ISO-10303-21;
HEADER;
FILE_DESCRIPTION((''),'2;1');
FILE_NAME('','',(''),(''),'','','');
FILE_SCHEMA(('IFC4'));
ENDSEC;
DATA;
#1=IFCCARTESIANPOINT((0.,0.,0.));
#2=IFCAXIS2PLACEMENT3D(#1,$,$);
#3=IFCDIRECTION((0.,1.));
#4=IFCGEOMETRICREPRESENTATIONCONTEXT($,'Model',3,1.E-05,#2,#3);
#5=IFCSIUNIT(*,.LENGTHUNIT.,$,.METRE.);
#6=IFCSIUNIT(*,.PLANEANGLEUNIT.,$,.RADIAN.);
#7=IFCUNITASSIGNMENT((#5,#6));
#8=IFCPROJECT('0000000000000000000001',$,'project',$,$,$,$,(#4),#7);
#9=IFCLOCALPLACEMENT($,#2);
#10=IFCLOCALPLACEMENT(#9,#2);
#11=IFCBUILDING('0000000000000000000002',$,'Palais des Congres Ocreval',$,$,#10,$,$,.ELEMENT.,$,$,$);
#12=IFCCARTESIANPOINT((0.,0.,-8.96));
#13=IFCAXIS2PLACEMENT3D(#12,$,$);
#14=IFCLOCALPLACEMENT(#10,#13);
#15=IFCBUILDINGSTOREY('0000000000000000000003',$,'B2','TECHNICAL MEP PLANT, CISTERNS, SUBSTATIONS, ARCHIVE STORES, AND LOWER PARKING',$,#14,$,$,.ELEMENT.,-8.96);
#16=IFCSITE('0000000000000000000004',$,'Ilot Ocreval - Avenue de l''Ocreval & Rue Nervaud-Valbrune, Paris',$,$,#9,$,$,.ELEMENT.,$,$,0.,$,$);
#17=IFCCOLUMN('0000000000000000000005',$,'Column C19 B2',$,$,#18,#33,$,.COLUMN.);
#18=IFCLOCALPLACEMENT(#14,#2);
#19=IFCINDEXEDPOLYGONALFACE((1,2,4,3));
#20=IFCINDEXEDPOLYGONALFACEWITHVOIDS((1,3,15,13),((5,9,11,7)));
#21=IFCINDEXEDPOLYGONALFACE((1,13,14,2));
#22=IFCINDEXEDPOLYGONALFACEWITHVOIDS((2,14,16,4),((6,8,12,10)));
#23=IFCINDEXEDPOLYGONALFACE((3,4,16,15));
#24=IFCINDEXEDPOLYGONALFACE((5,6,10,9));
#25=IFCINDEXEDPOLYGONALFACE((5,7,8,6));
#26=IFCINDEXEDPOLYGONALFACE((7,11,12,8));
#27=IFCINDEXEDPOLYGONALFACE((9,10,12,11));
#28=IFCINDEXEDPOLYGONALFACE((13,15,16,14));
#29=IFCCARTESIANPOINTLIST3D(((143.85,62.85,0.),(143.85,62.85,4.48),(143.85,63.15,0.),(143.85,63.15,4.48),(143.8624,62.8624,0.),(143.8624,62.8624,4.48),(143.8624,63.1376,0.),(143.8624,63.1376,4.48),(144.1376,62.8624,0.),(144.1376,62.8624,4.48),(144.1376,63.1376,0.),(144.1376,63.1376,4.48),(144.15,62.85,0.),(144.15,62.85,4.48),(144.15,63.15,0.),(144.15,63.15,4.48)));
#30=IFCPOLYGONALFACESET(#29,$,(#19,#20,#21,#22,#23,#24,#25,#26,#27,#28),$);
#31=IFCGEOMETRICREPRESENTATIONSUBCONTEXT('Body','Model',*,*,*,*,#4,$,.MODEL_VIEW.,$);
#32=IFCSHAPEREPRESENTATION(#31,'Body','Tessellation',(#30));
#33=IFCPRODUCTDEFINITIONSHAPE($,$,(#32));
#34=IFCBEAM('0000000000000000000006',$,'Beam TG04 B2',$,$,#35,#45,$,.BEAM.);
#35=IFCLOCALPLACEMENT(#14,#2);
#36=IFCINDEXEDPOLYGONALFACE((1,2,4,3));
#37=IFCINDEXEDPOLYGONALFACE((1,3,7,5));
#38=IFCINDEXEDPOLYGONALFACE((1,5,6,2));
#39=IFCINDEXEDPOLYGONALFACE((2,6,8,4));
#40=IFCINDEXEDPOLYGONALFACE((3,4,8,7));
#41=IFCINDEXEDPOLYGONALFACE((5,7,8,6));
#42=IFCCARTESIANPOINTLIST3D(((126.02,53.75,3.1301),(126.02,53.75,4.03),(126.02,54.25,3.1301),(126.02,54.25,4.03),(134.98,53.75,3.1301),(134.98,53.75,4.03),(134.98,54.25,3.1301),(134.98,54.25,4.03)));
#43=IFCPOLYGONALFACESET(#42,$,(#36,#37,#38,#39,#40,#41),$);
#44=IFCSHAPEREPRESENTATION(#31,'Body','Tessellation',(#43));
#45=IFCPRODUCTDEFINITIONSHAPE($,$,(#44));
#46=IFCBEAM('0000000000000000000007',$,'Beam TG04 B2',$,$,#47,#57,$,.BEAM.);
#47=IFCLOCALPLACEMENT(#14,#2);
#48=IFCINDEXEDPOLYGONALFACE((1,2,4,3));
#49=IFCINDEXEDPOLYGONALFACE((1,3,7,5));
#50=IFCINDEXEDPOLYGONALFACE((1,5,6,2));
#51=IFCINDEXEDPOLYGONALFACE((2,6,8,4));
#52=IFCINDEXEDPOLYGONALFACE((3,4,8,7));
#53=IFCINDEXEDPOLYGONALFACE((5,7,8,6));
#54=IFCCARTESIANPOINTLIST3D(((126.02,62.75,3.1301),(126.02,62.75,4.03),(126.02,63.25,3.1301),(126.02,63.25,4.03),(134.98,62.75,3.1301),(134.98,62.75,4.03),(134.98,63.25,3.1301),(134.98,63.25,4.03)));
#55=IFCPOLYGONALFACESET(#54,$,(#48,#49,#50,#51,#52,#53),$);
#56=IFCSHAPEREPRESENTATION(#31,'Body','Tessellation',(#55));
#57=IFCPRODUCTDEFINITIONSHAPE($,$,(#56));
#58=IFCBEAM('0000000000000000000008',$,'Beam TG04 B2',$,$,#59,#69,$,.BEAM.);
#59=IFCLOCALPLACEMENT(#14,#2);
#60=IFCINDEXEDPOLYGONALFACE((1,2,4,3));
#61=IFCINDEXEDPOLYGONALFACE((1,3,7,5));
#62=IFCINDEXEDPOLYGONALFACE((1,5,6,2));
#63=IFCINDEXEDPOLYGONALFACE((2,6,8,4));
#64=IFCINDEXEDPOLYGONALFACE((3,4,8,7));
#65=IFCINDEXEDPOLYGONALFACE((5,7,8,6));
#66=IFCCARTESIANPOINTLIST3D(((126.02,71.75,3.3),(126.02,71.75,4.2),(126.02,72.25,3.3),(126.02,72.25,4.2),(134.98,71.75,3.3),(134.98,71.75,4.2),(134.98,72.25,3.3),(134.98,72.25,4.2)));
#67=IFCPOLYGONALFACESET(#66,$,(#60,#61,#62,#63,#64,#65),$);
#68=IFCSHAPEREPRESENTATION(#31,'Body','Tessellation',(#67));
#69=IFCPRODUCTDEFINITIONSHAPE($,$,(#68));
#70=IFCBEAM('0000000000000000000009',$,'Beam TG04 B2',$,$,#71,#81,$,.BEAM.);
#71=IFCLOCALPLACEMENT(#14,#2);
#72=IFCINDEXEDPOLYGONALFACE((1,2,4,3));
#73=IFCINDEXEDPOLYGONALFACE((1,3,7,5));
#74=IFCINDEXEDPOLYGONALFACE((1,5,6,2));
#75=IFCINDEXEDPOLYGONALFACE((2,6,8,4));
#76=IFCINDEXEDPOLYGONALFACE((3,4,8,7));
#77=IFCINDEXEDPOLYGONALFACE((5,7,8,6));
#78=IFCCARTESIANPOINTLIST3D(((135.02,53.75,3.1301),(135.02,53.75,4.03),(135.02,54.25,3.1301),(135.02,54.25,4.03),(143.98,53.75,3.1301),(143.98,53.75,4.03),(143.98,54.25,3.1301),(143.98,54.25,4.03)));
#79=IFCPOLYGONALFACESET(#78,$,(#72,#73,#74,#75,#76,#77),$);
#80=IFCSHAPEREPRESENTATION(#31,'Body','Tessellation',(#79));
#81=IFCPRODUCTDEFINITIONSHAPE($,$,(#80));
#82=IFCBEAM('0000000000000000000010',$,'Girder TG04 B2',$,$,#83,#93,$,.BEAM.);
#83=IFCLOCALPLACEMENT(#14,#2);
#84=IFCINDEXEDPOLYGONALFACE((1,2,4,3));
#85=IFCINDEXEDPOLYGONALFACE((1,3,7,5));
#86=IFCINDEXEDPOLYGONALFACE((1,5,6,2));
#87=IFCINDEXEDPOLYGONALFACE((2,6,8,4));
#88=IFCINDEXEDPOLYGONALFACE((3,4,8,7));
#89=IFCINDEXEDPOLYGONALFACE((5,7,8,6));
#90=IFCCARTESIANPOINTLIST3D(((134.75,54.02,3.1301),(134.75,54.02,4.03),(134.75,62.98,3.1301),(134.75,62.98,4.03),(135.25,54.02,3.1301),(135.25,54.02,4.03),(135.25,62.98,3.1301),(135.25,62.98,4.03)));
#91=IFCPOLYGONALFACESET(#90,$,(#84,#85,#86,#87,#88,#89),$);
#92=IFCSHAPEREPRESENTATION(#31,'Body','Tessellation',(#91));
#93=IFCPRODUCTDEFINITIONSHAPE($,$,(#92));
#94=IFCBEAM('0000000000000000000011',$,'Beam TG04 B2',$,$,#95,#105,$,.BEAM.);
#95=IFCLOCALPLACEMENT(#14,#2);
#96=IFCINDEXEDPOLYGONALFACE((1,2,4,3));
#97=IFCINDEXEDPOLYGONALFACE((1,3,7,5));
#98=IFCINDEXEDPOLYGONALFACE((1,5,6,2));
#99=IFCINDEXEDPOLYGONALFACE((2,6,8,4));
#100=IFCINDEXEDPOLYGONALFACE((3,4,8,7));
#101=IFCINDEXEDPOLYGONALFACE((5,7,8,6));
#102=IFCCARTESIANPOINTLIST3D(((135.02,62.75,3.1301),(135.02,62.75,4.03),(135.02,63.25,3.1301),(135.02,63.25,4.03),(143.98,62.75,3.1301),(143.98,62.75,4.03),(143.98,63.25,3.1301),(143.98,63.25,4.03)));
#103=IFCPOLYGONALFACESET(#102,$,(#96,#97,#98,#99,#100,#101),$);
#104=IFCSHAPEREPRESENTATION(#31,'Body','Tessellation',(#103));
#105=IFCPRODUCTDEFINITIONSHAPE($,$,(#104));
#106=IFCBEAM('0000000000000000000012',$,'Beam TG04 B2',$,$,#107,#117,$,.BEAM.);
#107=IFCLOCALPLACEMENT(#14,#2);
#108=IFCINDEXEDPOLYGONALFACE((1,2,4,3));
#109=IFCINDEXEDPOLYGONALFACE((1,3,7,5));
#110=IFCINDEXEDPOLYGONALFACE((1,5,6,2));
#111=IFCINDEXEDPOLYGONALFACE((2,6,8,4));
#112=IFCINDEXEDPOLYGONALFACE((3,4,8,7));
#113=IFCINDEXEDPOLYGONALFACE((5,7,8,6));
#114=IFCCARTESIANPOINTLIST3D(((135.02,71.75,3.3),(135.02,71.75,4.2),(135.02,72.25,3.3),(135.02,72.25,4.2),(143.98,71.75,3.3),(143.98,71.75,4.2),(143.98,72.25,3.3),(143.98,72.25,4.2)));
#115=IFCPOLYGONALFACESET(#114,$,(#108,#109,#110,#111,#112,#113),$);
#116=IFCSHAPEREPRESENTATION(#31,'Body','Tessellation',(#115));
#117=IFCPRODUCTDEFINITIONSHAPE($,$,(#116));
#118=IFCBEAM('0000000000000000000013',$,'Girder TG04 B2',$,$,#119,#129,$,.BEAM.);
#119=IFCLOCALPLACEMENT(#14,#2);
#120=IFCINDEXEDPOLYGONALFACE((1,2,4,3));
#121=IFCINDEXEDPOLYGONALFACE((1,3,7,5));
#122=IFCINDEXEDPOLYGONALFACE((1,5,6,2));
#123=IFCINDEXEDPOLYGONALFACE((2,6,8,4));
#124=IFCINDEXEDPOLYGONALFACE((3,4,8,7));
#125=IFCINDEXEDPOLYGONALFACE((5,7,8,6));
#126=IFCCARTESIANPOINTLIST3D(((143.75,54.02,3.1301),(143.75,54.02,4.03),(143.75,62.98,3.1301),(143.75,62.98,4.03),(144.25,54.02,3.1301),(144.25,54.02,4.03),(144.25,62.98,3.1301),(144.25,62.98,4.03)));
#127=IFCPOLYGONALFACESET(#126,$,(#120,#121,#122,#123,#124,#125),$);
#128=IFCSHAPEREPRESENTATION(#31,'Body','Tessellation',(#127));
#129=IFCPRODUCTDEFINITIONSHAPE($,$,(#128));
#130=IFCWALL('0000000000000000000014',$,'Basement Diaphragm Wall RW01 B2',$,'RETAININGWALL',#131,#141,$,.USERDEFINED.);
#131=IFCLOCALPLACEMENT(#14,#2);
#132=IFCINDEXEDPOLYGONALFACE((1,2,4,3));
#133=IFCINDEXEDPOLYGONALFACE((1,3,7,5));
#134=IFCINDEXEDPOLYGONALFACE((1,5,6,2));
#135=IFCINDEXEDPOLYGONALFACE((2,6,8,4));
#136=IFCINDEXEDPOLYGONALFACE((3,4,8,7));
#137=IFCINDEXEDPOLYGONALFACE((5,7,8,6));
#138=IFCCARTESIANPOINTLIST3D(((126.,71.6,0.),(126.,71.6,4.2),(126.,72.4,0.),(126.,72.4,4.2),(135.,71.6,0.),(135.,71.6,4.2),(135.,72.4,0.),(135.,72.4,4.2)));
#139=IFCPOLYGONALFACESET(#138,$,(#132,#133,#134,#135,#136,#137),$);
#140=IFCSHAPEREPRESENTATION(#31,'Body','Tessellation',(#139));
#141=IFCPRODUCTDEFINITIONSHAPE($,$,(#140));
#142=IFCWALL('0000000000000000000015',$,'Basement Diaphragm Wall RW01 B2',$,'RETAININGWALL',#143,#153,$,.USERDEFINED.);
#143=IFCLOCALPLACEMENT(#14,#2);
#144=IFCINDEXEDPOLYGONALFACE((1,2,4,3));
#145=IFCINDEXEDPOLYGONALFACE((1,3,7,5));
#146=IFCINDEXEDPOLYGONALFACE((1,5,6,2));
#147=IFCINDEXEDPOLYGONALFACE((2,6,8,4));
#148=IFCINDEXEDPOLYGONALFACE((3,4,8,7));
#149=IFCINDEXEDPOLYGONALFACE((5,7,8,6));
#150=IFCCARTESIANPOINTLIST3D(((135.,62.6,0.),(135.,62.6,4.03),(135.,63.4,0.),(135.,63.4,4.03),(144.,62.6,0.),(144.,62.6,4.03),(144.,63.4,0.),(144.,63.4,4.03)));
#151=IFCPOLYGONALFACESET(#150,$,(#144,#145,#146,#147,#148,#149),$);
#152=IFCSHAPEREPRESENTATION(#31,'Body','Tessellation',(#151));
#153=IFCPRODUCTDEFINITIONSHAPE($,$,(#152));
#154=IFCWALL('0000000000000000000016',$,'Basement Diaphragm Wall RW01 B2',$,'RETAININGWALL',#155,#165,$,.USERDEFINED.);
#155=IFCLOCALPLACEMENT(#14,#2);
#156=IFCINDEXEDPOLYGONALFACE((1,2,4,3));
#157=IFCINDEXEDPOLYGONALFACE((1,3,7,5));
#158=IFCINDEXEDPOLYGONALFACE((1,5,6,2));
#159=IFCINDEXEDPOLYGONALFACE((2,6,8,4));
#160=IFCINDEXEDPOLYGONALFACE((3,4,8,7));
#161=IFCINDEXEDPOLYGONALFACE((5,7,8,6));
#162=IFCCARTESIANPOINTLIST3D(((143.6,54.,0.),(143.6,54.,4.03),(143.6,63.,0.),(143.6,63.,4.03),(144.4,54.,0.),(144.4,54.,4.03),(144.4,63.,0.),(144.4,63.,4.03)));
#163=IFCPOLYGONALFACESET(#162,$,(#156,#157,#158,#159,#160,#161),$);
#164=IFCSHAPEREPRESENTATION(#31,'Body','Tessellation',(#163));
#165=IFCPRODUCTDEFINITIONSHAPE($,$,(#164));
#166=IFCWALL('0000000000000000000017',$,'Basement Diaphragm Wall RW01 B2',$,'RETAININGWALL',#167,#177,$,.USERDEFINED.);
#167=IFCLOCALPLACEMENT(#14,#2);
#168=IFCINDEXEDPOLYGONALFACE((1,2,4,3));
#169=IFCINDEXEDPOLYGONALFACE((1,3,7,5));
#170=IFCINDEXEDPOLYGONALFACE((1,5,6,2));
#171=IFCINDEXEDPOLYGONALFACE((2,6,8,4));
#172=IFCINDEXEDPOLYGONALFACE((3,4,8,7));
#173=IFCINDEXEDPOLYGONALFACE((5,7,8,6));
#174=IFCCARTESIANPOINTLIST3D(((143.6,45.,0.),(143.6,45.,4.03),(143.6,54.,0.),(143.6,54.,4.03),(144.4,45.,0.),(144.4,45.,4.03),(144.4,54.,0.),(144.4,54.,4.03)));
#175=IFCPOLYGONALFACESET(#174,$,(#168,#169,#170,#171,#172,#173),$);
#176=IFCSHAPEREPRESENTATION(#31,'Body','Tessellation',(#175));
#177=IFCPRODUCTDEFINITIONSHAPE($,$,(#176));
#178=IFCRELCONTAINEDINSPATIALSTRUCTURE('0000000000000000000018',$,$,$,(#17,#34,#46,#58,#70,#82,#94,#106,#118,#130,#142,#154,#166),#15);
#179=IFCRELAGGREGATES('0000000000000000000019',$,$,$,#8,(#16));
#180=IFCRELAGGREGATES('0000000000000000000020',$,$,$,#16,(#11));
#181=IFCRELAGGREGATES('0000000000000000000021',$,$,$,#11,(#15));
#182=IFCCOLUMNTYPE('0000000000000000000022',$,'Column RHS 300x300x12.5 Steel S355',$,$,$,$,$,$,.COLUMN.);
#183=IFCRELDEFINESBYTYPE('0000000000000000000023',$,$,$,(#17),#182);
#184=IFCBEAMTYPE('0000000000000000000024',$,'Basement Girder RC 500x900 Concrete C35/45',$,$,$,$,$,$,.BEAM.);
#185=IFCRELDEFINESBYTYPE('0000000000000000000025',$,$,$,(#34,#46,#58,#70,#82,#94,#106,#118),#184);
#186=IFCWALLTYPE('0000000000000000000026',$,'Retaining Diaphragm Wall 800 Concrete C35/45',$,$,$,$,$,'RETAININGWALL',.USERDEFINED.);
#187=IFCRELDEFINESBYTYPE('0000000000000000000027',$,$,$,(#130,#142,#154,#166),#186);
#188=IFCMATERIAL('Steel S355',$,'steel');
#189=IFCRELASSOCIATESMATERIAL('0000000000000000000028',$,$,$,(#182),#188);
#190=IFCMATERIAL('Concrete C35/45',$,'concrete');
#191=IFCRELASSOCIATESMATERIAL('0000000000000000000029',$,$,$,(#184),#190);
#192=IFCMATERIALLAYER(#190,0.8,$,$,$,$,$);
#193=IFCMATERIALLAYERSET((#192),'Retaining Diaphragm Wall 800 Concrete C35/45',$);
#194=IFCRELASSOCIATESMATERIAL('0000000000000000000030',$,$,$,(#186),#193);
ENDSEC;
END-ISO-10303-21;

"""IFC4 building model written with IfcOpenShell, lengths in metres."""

from ifc_helpers import new_model, si_unit, direction, frame, frame_2d, origin, origin_2d, place, context, subcontext, project, spatial, rectangle, hollow_rectangle, extrude, material, layer, layer_set, material_profile, profile_set, type_object, element, save


model = new_model("IFC4")

# Units and contexts
model_context = context("Model", 3, precision=1e-05, world=origin(), true_north=direction((0.0, 1.0)))
body_context = subcontext(model_context, "Body", "Model", "MODEL_VIEW")
ifc_project = project(units=[si_unit("LENGTHUNIT", "METRE"), si_unit("PLANEANGLEUNIT", "RADIAN")], contexts=[model_context])

# Site, building, storey
site_placement = place(None, origin())
site = spatial("IfcSite", under=ifc_project, at=site_placement, Name="Ilot Ocreval - Avenue de l'Ocreval & Rue Nervaud-Valbrune, Paris", CompositionType="ELEMENT", RefElevation=0.0)
building_placement = place(site_placement, origin())
building = spatial("IfcBuilding", under=site, at=building_placement, Name="Palais des Congres Ocreval", CompositionType="ELEMENT")
storey_placement = place(building_placement, frame((0.0, 0.0, -8.96)))
storey = spatial("IfcBuildingStorey", under=building, at=storey_placement, Name="B2", Description="TECHNICAL MEP PLANT, CISTERNS, SUBSTATIONS, ARCHIVE STORES, AND LOWER PARKING", CompositionType="ELEMENT", Elevation=-8.96)

# Shared definitions
ifc_material_1 = material(Name="Concrete C35/45", Category="concrete")

# Column
ifc_material_2 = material(Name="Steel S355", Category="steel")
ifc_material_profile_1 = material_profile(ifc_material_2, hollow_rectangle(XDim=0.3, YDim=0.3, WallThickness=0.0125, at=origin_2d()), Name="RHS 300x300x12.5")
ifc_profile_set_1 = profile_set([ifc_material_profile_1], Name="Steel S355")
column_type_1 = type_object("IfcColumnType", Name="Column RHS 300x300x12.5 Steel S355", PredefinedType="COLUMN", material=ifc_profile_set_1)
for number, where, z_axis, x_axis, name in (
    (1, (144.0, 63.0, 0.0), (0.0, 0.0, 1.0), (1.0, 0.0, 0.0), "Column C19 B2"),
):
    element("IfcColumn", number, at=place(storey_placement, frame(where, z_axis=z_axis, x_axis=x_axis)), inside=storey, type_object=column_type_1, Name=name, PredefinedType="COLUMN", context=body_context, shape_type="SweptSolid", body=[
        extrude(hollow_rectangle(XDim=0.3, YDim=0.3, WallThickness=0.0125, at=origin_2d()), origin(), (0.0, 0.0, 1.0), 4.48),
    ])

# Beams
ifc_material_profile_2 = material_profile(ifc_material_1, rectangle(XDim=0.5, YDim=0.8999, at=origin_2d()), Name="RC 500x900")
ifc_profile_set_2 = profile_set([ifc_material_profile_2], Name="Concrete C35/45")
beam_type = type_object("IfcBeamType", Name="Basement Girder RC 500x900 Concrete C35/45", PredefinedType="BEAM", material=ifc_profile_set_2)
for number, where, z_axis, x_axis, name in (
    (2, (126.02, 54.0, 3.5801), (1.0, 0.0, 0.0), (0.0, 1.0, 0.0), "Beam TG04 B2"),
    (3, (126.02, 63.0, 3.5801), (1.0, 0.0, 0.0), (0.0, 1.0, 0.0), "Beam TG04 B2"),
    (4, (126.02, 72.0, 3.75), (1.0, 0.0, 0.0), (0.0, 1.0, 0.0), "Beam TG04 B2"),
    (5, (135.02, 54.0, 3.5801), (1.0, 0.0, 0.0), (0.0, 1.0, 0.0), "Beam TG04 B2"),
    (6, (135.0, 54.02, 3.5801), (0.0, 1.0, 0.0), (-1.0, 0.0, 0.0), "Girder TG04 B2"),
    (7, (135.02, 63.0, 3.5801), (1.0, 0.0, 0.0), (0.0, 1.0, 0.0), "Beam TG04 B2"),
    (8, (135.02, 72.0, 3.75), (1.0, 0.0, 0.0), (0.0, 1.0, 0.0), "Beam TG04 B2"),
    (9, (144.0, 54.02, 3.5801), (0.0, 1.0, 0.0), (-1.0, 0.0, 0.0), "Girder TG04 B2"),
):
    element("IfcBeam", number, at=place(storey_placement, frame(where, z_axis=z_axis, x_axis=x_axis)), inside=storey, type_object=beam_type, Name=name, PredefinedType="BEAM", context=body_context, shape_type="SweptSolid", body=[
        extrude(rectangle(XDim=0.5, YDim=0.8999, at=origin_2d()), origin(), (0.0, 0.0, 1.0), 8.96),
    ])

# Walls
ifc_layer = layer(ifc_material_1, 0.8)
ifc_layer_set = layer_set([ifc_layer], Name="Retaining Diaphragm Wall 800 Concrete C35/45")
wall_type = type_object("IfcWallType", Name="Retaining Diaphragm Wall 800 Concrete C35/45", ElementType="RETAININGWALL", PredefinedType="USERDEFINED", material=ifc_layer_set)
wall_placement = place(storey_placement, frame((135.0, 72.0, 0.0), z_axis=(0.0, 0.0, 1.0), x_axis=(-1.0, 0.0, 0.0)))
element("IfcWall", 10, at=wall_placement, inside=storey, type_object=wall_type, Name="Basement Diaphragm Wall RW01 B2", ObjectType="RETAININGWALL", PredefinedType="USERDEFINED", context=body_context, shape_type="SweptSolid", body=[
    extrude(rectangle(XDim=9.0, YDim=0.8, at=frame_2d((4.5, 0.0))), origin(), (0.0, 0.0, 1.0), 4.2),
])
for number, where, z_axis, x_axis, name in (
    (11, (135.0, 63.0, 0.0), (0.0, 0.0, 1.0), (1.0, 0.0, 0.0), "Basement Diaphragm Wall RW01 B2"),
    (12, (144.0, 63.0, 0.0), (0.0, 0.0, 1.0), (0.0, -1.0, 0.0), "Basement Diaphragm Wall RW01 B2"),
    (13, (144.0, 54.0, 0.0), (0.0, 0.0, 1.0), (0.0, -1.0, 0.0), "Basement Diaphragm Wall RW01 B2"),
):
    element("IfcWall", number, at=place(storey_placement, frame(where, z_axis=z_axis, x_axis=x_axis)), inside=storey, type_object=wall_type, Name=name, ObjectType="RETAININGWALL", PredefinedType="USERDEFINED", context=body_context, shape_type="SweptSolid", body=[
        extrude(rectangle(XDim=9.0, YDim=0.8, at=frame_2d((4.5, 0.0))), origin(), (0.0, 0.0, 1.0), 4.03),
    ])

save(model, "model.ifc")
